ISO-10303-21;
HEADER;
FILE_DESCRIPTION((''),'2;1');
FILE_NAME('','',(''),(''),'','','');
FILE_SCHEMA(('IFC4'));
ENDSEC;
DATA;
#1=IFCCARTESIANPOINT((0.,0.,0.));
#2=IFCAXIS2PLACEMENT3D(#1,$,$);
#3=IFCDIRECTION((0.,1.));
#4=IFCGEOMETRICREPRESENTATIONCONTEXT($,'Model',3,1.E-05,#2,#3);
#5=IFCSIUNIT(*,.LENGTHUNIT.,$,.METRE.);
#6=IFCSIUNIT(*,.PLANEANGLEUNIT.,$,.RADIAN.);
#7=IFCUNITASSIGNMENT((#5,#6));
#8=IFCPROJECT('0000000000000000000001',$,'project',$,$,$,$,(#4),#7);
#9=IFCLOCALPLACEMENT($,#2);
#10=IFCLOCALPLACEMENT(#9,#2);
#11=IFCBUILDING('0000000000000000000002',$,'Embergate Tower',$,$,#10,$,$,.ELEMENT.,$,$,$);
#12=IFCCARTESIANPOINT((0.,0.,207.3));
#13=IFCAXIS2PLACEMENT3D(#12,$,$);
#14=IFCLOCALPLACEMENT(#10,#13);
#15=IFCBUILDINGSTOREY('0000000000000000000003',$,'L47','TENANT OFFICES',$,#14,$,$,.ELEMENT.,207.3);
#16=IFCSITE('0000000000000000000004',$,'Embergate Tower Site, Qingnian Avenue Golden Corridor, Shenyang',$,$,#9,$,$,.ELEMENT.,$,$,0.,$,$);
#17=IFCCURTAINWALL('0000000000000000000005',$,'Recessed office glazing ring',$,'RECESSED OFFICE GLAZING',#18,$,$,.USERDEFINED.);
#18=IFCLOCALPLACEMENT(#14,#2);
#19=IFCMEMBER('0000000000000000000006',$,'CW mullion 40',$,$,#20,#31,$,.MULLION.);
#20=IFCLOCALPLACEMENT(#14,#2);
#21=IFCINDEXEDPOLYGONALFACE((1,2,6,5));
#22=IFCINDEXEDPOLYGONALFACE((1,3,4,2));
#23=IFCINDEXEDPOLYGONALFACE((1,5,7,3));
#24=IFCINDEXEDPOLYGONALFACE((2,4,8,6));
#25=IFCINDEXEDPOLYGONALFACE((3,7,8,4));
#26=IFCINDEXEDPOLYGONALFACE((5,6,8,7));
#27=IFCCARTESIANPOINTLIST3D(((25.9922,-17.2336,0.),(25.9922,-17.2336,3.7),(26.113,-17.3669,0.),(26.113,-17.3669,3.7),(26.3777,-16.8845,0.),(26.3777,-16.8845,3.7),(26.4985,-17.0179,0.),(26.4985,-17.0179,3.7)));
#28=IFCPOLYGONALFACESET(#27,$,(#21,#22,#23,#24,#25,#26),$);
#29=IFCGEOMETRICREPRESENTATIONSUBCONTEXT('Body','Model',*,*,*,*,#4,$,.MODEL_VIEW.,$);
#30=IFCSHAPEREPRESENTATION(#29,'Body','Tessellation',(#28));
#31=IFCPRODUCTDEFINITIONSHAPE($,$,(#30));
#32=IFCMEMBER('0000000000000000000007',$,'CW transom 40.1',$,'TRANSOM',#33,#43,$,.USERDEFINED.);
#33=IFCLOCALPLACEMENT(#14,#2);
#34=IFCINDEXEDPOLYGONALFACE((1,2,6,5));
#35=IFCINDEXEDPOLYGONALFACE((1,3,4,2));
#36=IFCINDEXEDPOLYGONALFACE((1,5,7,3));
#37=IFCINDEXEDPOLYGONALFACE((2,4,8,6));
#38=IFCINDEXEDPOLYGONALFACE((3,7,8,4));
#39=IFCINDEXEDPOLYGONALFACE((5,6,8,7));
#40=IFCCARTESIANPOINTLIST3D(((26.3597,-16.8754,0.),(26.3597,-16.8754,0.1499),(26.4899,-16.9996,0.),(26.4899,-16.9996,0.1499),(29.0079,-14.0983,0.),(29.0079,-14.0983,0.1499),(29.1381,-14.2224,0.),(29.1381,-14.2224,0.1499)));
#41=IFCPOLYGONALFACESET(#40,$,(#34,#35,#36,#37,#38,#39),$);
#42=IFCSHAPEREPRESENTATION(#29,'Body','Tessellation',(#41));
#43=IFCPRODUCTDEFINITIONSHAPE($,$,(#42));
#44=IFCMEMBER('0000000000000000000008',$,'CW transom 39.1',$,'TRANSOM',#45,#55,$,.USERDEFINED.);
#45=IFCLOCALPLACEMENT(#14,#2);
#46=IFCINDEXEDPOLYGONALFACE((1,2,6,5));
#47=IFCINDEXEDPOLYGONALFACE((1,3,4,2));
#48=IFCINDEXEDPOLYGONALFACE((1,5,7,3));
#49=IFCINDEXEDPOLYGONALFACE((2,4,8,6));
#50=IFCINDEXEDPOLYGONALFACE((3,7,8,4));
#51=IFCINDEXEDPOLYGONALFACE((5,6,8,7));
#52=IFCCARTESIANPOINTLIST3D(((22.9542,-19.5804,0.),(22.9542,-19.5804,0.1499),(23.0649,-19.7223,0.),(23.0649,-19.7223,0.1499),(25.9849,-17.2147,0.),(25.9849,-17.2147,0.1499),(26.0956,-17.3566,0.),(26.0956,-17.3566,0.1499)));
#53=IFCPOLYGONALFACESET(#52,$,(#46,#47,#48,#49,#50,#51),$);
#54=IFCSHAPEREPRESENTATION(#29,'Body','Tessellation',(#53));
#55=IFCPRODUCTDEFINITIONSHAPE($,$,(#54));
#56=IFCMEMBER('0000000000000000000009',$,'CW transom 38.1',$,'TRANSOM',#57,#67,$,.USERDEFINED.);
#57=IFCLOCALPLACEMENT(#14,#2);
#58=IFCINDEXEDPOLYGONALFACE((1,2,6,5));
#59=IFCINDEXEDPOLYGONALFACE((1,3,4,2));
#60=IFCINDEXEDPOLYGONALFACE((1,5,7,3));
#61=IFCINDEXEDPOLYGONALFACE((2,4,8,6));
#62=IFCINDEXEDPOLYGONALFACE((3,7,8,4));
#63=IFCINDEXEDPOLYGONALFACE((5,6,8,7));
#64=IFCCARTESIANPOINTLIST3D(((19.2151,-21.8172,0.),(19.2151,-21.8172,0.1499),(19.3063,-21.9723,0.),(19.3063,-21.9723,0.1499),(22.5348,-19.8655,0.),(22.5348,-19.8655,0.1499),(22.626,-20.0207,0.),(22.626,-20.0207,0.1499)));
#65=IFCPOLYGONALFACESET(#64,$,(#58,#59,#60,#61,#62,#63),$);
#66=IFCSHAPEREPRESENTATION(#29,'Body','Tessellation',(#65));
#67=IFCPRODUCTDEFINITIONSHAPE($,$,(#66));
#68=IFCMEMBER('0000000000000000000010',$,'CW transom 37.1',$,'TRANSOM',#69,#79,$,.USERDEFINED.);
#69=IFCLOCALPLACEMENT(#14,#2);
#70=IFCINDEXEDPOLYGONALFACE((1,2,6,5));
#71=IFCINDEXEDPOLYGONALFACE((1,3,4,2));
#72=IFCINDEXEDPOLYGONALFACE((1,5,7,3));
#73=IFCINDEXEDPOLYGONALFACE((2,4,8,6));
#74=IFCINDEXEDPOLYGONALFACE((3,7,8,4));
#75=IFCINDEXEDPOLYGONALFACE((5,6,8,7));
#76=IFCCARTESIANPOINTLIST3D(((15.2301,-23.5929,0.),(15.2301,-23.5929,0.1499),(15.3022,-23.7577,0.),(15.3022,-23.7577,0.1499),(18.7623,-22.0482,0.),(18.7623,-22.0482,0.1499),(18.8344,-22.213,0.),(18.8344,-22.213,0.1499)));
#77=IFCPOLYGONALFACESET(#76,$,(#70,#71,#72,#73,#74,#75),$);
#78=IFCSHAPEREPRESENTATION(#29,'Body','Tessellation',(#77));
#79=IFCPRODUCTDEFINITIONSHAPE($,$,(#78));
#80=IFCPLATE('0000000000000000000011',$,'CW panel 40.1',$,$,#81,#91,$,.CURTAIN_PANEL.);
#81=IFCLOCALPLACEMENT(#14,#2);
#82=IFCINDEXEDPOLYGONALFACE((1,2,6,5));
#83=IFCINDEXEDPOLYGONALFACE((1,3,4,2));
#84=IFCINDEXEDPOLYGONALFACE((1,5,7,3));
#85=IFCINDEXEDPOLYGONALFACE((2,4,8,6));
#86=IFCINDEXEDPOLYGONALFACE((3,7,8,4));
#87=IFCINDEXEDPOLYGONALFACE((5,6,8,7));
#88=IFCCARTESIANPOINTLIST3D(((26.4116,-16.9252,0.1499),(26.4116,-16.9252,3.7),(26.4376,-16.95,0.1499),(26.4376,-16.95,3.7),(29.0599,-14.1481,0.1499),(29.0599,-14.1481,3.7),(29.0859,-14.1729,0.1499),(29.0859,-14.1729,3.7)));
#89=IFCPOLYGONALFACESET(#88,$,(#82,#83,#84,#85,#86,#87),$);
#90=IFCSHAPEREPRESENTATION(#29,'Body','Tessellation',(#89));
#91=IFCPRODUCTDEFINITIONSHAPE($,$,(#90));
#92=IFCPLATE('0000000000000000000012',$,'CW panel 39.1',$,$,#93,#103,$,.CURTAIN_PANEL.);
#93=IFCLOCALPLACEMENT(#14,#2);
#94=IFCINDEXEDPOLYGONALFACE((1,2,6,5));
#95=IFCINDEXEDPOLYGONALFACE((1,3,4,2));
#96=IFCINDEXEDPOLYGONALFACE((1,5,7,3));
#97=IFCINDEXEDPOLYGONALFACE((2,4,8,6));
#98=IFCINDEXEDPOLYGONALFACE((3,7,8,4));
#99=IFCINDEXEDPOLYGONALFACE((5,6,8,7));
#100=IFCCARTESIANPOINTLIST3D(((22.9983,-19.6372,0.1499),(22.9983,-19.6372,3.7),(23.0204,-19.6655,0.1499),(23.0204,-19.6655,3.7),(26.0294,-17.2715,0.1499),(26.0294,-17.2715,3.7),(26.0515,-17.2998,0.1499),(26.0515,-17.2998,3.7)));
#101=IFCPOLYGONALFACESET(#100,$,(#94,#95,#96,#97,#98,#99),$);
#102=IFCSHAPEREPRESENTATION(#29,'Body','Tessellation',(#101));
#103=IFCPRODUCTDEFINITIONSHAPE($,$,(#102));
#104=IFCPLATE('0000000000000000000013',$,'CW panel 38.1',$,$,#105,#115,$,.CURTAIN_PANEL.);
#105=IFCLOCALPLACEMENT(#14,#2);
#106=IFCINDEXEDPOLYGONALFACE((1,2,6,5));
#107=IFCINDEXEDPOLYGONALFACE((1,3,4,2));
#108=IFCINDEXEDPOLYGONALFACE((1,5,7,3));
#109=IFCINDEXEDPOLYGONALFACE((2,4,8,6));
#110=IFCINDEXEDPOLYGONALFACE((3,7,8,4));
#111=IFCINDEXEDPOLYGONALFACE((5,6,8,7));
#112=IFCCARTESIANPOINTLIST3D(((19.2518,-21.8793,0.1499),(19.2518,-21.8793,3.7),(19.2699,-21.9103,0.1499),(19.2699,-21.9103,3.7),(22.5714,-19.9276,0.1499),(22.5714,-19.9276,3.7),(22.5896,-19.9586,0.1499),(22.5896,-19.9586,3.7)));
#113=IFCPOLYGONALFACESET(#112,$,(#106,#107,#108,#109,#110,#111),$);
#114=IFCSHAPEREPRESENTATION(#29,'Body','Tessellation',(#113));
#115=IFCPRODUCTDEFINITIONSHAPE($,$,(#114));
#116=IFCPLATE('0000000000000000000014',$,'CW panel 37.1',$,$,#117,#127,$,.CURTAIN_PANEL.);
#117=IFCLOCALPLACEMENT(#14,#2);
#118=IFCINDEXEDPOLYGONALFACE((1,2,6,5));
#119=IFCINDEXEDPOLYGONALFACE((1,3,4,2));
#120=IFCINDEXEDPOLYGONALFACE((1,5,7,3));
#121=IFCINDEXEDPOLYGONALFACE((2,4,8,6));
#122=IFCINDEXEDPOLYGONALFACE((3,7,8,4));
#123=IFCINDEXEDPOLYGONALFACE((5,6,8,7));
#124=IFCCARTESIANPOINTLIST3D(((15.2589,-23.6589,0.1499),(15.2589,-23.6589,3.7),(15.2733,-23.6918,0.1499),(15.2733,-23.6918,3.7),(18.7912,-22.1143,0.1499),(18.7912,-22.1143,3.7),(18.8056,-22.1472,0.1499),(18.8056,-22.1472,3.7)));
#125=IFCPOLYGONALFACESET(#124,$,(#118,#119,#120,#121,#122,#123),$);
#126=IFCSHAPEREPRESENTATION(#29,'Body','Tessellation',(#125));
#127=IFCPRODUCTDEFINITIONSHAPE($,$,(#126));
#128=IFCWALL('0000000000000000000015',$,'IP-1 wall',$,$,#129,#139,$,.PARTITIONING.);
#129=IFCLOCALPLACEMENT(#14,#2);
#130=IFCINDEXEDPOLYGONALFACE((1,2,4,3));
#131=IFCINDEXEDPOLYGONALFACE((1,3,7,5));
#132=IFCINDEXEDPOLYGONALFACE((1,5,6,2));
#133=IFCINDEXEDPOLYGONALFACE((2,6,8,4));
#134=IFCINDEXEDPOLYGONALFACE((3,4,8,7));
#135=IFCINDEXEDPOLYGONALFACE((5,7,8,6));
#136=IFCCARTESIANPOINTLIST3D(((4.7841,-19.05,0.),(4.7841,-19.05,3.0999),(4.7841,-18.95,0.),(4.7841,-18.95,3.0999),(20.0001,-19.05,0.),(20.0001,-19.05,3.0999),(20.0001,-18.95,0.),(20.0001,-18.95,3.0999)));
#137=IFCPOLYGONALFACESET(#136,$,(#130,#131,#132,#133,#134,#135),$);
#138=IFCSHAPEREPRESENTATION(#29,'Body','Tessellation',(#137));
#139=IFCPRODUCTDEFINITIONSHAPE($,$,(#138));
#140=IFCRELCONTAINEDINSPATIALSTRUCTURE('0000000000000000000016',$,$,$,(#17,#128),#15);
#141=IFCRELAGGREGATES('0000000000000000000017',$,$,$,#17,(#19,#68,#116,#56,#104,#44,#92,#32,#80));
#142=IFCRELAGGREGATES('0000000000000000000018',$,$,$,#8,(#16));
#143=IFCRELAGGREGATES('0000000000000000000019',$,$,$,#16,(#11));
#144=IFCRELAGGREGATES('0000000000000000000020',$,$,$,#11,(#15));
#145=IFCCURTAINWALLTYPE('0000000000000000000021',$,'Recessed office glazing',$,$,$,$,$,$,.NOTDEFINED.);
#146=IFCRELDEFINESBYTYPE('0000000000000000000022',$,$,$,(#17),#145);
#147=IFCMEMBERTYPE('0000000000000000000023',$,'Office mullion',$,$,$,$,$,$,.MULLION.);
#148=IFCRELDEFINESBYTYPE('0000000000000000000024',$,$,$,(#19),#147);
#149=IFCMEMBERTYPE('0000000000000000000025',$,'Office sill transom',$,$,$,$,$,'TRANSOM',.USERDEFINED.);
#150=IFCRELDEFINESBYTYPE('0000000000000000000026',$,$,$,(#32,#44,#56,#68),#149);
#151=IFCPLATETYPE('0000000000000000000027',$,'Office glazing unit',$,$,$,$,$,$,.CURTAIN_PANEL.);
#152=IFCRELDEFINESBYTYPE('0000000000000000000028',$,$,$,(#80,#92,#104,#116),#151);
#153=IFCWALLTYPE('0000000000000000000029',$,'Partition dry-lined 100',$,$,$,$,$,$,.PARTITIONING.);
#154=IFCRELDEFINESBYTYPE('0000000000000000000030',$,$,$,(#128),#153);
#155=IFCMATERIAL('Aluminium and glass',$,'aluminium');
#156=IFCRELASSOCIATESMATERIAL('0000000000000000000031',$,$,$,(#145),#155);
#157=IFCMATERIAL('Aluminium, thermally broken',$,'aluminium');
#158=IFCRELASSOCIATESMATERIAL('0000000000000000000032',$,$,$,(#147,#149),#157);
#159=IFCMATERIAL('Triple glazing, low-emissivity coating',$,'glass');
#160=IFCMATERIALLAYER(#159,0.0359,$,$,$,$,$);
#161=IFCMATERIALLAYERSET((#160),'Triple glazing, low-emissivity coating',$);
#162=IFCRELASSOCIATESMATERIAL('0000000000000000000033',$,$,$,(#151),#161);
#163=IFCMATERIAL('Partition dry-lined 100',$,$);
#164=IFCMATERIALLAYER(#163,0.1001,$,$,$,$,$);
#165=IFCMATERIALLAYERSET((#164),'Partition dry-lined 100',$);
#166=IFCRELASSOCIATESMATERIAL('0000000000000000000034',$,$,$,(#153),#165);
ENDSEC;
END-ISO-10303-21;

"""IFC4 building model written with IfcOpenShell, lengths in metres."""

from ifc_helpers import new_model, si_unit, direction, frame, frame_2d, origin, origin_2d, place, context, subcontext, project, spatial, rectangle, extrude, source, transform, mapped, material, layer, layer_set, material_profile, profile_set, type_object, element, aggregate, save


model = new_model("IFC4")

# Units and contexts
model_context = context("Model", 3, precision=1e-05, world=origin(), true_north=direction((0.0, 1.0)))
body_context = subcontext(model_context, "Body", "Model", "MODEL_VIEW")
ifc_project = project(units=[si_unit("LENGTHUNIT", "METRE"), si_unit("PLANEANGLEUNIT", "RADIAN")], contexts=[model_context])

# Site, building, storey
site_placement = place(None, origin())
site = spatial("IfcSite", under=ifc_project, at=site_placement, Name="Embergate Tower Site, Qingnian Avenue Golden Corridor, Shenyang", CompositionType="ELEMENT", RefElevation=0.0)
building_placement = place(site_placement, origin())
building = spatial("IfcBuilding", under=site, at=building_placement, Name="Embergate Tower", CompositionType="ELEMENT")
storey_placement = place(building_placement, frame((0.0, 0.0, 207.3)))
storey = spatial("IfcBuildingStorey", under=building, at=storey_placement, Name="L47", Description="TENANT OFFICES", CompositionType="ELEMENT", Elevation=207.3)

# Curtain wall, members, plates
ifc_material_1 = material(Name="Aluminium and glass", Category="aluminium")
curtain_wall_type = type_object("IfcCurtainWallType", Name="Recessed office glazing", PredefinedType="NOTDEFINED", material=ifc_material_1)
curtain_wall_placement = place(storey_placement, origin())
curtain_wall = element("IfcCurtainWall", 1, at=curtain_wall_placement, inside=storey, type_object=curtain_wall_type, Name="Recessed office glazing ring", ObjectType="RECESSED OFFICE GLAZING", PredefinedType="USERDEFINED")
ifc_material_2 = material(Name="Aluminium, thermally broken", Category="aluminium")
ifc_material_profile_1 = material_profile(ifc_material_2, rectangle(XDim=0.1799, YDim=0.52, at=origin_2d()), Name="AL 520x180")
ifc_profile_set_1 = profile_set([ifc_material_profile_1], Name="Aluminium, thermally broken")
member_type_1 = type_object("IfcMemberType", Name="Office mullion", PredefinedType="MULLION", material=ifc_profile_set_1)
shared_shape_1 = source(origin(), body_context, "Body", "SweptSolid", [
    extrude(rectangle(XDim=0.1799, YDim=0.52, at=origin_2d()), origin(), (0.0, 0.0, 1.0), 3.7),
])
member_1_placement = place(storey_placement, frame((26.2454, -17.1257, 0.0), z_axis=(0.0, 0.0, 1.0), x_axis=(-0.67123, 0.741249, 0.0)))
member_1 = element("IfcMember", 2, at=member_1_placement, type_object=member_type_1, Name="CW mullion 40", PredefinedType="MULLION", context=body_context, shape_type="MappedRepresentation", body=[
    mapped(shared_shape_1, transform((0.0, 0.0, 0.0))),
])
ifc_material_profile_2 = material_profile(ifc_material_2, rectangle(XDim=0.1799, YDim=0.1499, at=origin_2d()), Name="AL 150x180")
ifc_profile_set_2 = profile_set([ifc_material_profile_2], Name="Aluminium, thermally broken")
member_type_2 = type_object("IfcMemberType", Name="Office sill transom", ElementType="TRANSOM", PredefinedType="USERDEFINED", material=ifc_profile_set_2)
shared_shape_2 = source(origin(), body_context, "Body", "SweptSolid", [
    extrude(rectangle(XDim=0.1799, YDim=0.1499, at=origin_2d()), origin(), (0.0, 0.0, 1.0), 3.8374),
])
member_2_placement = place(storey_placement, frame((26.4248, -16.9375, 0.075), z_axis=(0.690111, 0.723704, 0.0), x_axis=(-0.723704, 0.690111, 0.0)))
member_2 = element("IfcMember", 3, at=member_2_placement, type_object=member_type_2, Name="CW transom 40.1", ObjectType="TRANSOM", PredefinedType="USERDEFINED", context=body_context, shape_type="MappedRepresentation", body=[
    mapped(shared_shape_2, transform((0.0, 0.0, 0.0))),
])
shared_shape_3 = source(origin(), body_context, "Body", "SweptSolid", [
    extrude(rectangle(XDim=0.1799, YDim=0.1499, at=origin_2d()), origin(), (0.0, 0.0, 1.0), 3.8447),
])
member_3_placement = place(storey_placement, frame((23.0095, -19.6514, 0.075), z_axis=(0.788284, 0.615311, 0.0), x_axis=(-0.615311, 0.788284, 0.0)))
member_3 = element("IfcMember", 4, at=member_3_placement, type_object=member_type_2, Name="CW transom 39.1", ObjectType="TRANSOM", PredefinedType="USERDEFINED", context=body_context, shape_type="MappedRepresentation", body=[
    mapped(shared_shape_3, transform((0.0, 0.0, 0.0))),
])
shared_shape_4 = source(origin(), body_context, "Body", "SweptSolid", [
    extrude(rectangle(XDim=0.1799, YDim=0.1499, at=origin_2d()), origin(), (0.0, 0.0, 1.0), 3.8508),
])
member_4_placement = place(storey_placement, frame((19.2607, -21.8948, 0.075), z_axis=(0.862052, 0.506821, 0.0), x_axis=(-0.506821, 0.862052, 0.0)))
member_4 = element("IfcMember", 5, at=member_4_placement, type_object=member_type_2, Name="CW transom 38.1", ObjectType="TRANSOM", PredefinedType="USERDEFINED", context=body_context, shape_type="MappedRepresentation", body=[
    mapped(shared_shape_4, transform((0.0, 0.0, 0.0))),
])
shared_shape_5 = source(origin(), body_context, "Body", "SweptSolid", [
    extrude(rectangle(XDim=0.1799, YDim=0.1499, at=origin_2d()), origin(), (0.0, 0.0, 1.0), 3.8552),
])
member_5_placement = place(storey_placement, frame((15.2661, -23.6753, 0.075), z_axis=(0.916221, 0.400673, 0.0), x_axis=(-0.400673, 0.916221, 0.0)))
member_5 = element("IfcMember", 6, at=member_5_placement, type_object=member_type_2, Name="CW transom 37.1", ObjectType="TRANSOM", PredefinedType="USERDEFINED", context=body_context, shape_type="MappedRepresentation", body=[
    mapped(shared_shape_5, transform((0.0, 0.0, 0.0))),
])
ifc_material_3 = material(Name="Triple glazing, low-emissivity coating", Category="glass")
ifc_layer_1 = layer(ifc_material_3, 0.0359)
ifc_layer_set_1 = layer_set([ifc_layer_1], Name="Triple glazing, low-emissivity coating")
plate_type = type_object("IfcPlateType", Name="Office glazing unit", PredefinedType="CURTAIN_PANEL", material=ifc_layer_set_1)
shared_shape_6 = source(origin(), body_context, "Body", "SweptSolid", [
    extrude(rectangle(XDim=3.8374, YDim=0.0359, at=origin_2d()), origin(), (0.0, 0.0, 1.0), 3.55),
])
plate_1_placement = place(storey_placement, frame((27.7488, -15.5491, 0.1499), z_axis=(0.0, 0.0, 1.0), x_axis=(0.690129, 0.723687, 0.0)))
plate_1 = element("IfcPlate", 7, at=plate_1_placement, type_object=plate_type, Name="CW panel 40.1", PredefinedType="CURTAIN_PANEL", context=body_context, shape_type="MappedRepresentation", body=[
    mapped(shared_shape_6, transform((0.0, 0.0, 0.0))),
])
shared_shape_7 = source(origin(), body_context, "Body", "SweptSolid", [
    extrude(rectangle(XDim=3.845, YDim=0.0359, at=origin_2d()), origin(), (0.0, 0.0, 1.0), 3.55),
])
plate_2_placement = place(storey_placement, frame((24.5249, -18.4685, 0.1499), z_axis=(0.0, 0.0, 1.0), x_axis=(0.788316, 0.615271, 0.0)))
plate_2 = element("IfcPlate", 8, at=plate_2_placement, type_object=plate_type, Name="CW panel 39.1", PredefinedType="CURTAIN_PANEL", context=body_context, shape_type="MappedRepresentation", body=[
    mapped(shared_shape_7, transform((0.0, 0.0, 0.0))),
])
shared_shape_8 = source(origin(), body_context, "Body", "SweptSolid", [
    extrude(rectangle(XDim=3.8508, YDim=0.0359, at=origin_2d()), origin(), (0.0, 0.0, 1.0), 3.55),
])
plate_3_placement = place(storey_placement, frame((20.9207, -20.9189, 0.1499), z_axis=(0.0, 0.0, 1.0), x_axis=(0.86205, 0.506824, 0.0)))
plate_3 = element("IfcPlate", 9, at=plate_3_placement, type_object=plate_type, Name="CW panel 38.1", PredefinedType="CURTAIN_PANEL", context=body_context, shape_type="MappedRepresentation", body=[
    mapped(shared_shape_8, transform((0.0, 0.0, 0.0))),
])
shared_shape_9 = source(origin(), body_context, "Body", "SweptSolid", [
    extrude(rectangle(XDim=3.8552, YDim=0.0359, at=origin_2d()), origin(), (0.0, 0.0, 1.0), 3.55),
])
plate_4_placement = place(storey_placement, frame((17.0322, -22.9031, 0.1499), z_axis=(0.0, 0.0, 1.0), x_axis=(0.916233, 0.400645, 0.0)))
plate_4 = element("IfcPlate", 10, at=plate_4_placement, type_object=plate_type, Name="CW panel 37.1", PredefinedType="CURTAIN_PANEL", context=body_context, shape_type="MappedRepresentation", body=[
    mapped(shared_shape_9, transform((0.0, 0.0, 0.0))),
])
aggregate(curtain_wall, [member_1, member_5, plate_4, member_4, plate_3, member_3, plate_2, member_2, plate_1])

# Wall
ifc_material_4 = material(Name="Partition dry-lined 100")
ifc_layer_2 = layer(ifc_material_4, 0.1001)
ifc_layer_set_2 = layer_set([ifc_layer_2], Name="Partition dry-lined 100")
wall_type = type_object("IfcWallType", Name="Partition dry-lined 100", PredefinedType="PARTITIONING", material=ifc_layer_set_2)
shared_shape_10 = source(origin(), body_context, "Body", "SweptSolid", [
    extrude(rectangle(XDim=15.2161, YDim=0.1001, at=frame_2d((7.6079, 0.0))), origin(), (0.0, 0.0, 1.0), 3.0999),
])
wall_placement = place(storey_placement, frame((20.0, -19.0, 0.0), z_axis=(0.0, 0.0, 1.0), x_axis=(-1.0, 0.0, 0.0)))
element("IfcWall", 11, at=wall_placement, inside=storey, type_object=wall_type, Name="IP-1 wall", PredefinedType="PARTITIONING", context=body_context, shape_type="MappedRepresentation", body=[
    mapped(shared_shape_10, transform((0.0, 0.0, 0.0))),
])

save(model, "model.ifc")
